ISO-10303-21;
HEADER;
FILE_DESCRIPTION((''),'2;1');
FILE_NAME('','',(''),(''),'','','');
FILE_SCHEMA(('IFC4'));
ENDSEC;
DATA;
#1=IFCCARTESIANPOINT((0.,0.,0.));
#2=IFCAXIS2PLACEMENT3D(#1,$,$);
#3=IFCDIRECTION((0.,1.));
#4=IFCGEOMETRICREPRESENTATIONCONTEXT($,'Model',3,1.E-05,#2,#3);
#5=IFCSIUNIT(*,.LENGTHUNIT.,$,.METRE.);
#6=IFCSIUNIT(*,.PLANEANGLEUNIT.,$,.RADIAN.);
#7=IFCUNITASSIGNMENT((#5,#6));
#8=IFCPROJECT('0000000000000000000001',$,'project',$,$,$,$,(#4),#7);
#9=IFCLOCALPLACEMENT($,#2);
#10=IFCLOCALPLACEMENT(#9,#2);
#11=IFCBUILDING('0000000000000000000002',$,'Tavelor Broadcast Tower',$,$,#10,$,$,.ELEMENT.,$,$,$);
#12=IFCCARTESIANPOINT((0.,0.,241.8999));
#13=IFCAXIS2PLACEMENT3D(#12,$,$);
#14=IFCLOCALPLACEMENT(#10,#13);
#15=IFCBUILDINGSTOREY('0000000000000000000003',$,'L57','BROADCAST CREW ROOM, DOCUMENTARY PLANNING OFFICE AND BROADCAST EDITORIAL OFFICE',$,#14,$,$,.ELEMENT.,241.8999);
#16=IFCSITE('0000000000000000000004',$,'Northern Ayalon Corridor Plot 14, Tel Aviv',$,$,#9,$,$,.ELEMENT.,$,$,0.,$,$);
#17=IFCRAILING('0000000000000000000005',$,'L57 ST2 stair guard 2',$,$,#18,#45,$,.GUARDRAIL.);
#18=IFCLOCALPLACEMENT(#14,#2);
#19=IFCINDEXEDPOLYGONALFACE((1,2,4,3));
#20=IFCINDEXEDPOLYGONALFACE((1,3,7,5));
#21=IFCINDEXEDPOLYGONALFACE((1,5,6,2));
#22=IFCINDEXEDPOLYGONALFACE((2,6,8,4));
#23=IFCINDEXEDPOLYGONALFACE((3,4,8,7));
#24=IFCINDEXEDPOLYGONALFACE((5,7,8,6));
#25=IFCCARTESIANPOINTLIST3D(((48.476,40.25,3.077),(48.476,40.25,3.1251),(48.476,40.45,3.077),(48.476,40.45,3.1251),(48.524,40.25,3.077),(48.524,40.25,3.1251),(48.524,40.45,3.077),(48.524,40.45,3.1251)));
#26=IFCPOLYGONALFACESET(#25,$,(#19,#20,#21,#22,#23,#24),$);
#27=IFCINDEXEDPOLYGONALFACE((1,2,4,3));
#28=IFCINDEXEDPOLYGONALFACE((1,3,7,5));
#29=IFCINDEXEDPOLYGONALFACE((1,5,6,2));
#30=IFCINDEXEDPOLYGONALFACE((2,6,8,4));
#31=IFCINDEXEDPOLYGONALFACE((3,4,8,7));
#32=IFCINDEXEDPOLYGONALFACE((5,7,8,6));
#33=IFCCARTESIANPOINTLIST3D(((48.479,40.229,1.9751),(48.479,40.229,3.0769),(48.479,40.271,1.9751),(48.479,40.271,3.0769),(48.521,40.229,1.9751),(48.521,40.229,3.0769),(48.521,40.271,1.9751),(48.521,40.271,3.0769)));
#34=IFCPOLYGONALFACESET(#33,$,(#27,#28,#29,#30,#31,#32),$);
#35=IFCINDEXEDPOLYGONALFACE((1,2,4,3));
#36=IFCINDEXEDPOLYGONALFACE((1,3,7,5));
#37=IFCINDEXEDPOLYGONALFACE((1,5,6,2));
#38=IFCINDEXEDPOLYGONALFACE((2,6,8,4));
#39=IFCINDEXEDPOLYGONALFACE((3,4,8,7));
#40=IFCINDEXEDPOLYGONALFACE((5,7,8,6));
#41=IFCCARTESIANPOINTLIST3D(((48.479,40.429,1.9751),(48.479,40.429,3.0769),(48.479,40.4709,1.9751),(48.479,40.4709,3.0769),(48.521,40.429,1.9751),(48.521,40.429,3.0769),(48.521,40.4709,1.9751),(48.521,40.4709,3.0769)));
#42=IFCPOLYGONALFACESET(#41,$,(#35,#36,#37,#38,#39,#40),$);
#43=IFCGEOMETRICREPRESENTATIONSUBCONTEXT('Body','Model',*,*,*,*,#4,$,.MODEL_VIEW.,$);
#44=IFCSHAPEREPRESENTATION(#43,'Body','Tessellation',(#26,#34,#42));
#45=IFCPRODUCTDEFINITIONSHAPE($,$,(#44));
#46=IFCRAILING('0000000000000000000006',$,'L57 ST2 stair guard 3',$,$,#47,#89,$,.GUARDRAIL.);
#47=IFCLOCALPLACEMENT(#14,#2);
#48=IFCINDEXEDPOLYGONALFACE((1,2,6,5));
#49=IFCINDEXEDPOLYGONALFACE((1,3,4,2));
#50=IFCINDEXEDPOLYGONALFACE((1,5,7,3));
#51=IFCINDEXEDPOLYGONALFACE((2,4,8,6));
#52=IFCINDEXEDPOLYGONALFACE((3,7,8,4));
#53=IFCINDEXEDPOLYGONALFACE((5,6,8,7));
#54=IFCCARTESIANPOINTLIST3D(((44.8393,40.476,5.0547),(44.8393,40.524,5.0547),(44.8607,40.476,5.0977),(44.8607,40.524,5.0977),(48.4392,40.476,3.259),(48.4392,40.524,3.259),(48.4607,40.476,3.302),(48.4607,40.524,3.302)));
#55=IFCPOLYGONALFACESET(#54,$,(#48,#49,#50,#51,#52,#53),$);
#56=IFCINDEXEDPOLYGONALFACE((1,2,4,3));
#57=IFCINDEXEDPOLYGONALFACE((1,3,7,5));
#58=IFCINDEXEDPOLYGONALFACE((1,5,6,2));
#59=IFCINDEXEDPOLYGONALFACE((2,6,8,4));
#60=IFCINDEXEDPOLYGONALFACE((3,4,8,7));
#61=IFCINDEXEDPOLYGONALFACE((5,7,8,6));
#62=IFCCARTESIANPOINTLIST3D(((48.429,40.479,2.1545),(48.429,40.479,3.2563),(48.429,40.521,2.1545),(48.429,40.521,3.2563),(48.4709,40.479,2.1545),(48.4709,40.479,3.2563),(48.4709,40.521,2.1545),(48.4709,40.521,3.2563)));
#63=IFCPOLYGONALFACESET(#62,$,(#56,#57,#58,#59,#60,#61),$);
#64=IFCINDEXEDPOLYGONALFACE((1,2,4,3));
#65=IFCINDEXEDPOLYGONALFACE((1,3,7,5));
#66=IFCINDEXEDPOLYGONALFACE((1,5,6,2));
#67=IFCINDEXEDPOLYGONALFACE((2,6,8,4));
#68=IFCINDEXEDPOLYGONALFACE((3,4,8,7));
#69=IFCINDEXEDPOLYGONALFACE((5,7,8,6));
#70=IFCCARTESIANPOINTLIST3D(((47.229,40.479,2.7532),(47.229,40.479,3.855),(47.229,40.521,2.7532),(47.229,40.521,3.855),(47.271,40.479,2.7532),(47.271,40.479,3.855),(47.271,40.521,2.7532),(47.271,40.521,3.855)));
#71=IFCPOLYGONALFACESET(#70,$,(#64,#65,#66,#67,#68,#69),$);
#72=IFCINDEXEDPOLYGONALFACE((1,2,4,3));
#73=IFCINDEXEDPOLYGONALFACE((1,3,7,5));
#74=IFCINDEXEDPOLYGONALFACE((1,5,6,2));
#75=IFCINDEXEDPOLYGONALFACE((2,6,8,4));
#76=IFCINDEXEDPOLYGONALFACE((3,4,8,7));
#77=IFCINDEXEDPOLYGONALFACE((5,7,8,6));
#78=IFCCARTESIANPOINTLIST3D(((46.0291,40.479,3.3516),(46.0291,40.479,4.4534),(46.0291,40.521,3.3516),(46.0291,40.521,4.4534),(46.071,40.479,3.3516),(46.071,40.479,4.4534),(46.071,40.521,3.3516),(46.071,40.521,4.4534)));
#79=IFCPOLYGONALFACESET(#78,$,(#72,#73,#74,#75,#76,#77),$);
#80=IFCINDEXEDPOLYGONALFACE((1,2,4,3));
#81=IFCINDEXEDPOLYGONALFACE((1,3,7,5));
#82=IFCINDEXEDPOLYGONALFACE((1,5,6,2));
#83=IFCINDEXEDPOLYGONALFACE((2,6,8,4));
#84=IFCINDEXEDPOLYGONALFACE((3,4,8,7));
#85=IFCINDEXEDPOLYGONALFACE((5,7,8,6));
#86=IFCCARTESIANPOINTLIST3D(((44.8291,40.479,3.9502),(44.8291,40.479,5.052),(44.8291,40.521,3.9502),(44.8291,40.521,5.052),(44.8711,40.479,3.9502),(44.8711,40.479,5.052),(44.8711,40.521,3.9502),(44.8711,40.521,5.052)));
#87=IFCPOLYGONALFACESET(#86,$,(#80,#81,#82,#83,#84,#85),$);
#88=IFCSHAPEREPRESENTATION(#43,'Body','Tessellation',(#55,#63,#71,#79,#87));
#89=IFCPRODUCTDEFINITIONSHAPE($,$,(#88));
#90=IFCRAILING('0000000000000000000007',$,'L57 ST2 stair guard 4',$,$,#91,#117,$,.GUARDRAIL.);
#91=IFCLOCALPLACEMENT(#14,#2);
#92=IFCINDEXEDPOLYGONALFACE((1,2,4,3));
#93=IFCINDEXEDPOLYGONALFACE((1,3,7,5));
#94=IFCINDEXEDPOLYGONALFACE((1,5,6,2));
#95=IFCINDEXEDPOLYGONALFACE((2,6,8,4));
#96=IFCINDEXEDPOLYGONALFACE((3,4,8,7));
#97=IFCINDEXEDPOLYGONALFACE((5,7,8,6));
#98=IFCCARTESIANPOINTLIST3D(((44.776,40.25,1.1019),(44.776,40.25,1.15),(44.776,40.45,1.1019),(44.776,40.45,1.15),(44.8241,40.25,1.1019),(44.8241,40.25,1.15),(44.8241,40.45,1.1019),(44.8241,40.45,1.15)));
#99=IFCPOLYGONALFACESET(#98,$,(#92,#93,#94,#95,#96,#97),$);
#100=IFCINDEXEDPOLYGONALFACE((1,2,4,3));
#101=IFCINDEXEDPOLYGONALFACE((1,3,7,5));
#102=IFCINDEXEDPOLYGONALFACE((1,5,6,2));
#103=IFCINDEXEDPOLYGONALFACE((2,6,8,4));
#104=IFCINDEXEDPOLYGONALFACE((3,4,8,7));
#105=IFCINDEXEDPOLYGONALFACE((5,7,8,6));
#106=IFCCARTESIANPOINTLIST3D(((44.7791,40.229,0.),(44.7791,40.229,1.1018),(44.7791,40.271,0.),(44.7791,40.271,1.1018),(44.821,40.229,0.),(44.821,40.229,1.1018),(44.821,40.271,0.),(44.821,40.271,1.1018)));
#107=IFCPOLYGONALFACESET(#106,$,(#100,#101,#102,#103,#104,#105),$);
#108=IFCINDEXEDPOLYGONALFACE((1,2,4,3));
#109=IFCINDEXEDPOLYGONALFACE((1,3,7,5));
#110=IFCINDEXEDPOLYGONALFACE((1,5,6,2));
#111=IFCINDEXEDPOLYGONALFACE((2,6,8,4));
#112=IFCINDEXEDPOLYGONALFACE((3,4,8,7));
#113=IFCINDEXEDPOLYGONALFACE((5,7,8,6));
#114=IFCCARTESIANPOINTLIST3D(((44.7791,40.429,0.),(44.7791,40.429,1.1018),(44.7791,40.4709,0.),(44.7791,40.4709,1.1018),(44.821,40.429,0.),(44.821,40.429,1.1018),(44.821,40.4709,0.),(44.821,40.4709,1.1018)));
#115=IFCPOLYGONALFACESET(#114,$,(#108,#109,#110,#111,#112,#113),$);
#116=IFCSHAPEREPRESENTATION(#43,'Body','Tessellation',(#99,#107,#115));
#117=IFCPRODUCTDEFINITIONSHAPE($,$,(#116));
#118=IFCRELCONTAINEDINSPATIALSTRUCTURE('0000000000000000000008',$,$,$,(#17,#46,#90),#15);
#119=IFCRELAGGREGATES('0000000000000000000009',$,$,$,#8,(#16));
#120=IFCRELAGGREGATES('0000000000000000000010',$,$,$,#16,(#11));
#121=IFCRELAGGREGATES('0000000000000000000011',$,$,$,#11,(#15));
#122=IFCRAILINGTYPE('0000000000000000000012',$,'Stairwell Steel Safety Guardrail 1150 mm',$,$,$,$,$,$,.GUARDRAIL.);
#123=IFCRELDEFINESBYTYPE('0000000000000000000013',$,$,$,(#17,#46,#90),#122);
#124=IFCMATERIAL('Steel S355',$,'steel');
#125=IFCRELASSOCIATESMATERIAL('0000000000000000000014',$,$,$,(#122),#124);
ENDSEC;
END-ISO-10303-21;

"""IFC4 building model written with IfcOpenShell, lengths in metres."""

from ifc_helpers import new_model, si_unit, direction, frame, origin, origin_2d, place, context, subcontext, project, spatial, rectangle, extrude, material, type_object, element, save


model = new_model("IFC4")

# Units and contexts
model_context = context("Model", 3, precision=1e-05, world=origin(), true_north=direction((0.0, 1.0)))
body_context = subcontext(model_context, "Body", "Model", "MODEL_VIEW")
ifc_project = project(units=[si_unit("LENGTHUNIT", "METRE"), si_unit("PLANEANGLEUNIT", "RADIAN")], contexts=[model_context])

# Site, building, storey
site_placement = place(None, origin())
site = spatial("IfcSite", under=ifc_project, at=site_placement, Name="Northern Ayalon Corridor Plot 14, Tel Aviv", CompositionType="ELEMENT", RefElevation=0.0)
building_placement = place(site_placement, origin())
building = spatial("IfcBuilding", under=site, at=building_placement, Name="Tavelor Broadcast Tower", CompositionType="ELEMENT")
storey_placement = place(building_placement, frame((0.0, 0.0, 241.8999)))
storey = spatial("IfcBuildingStorey", under=building, at=storey_placement, Name="L57", Description="BROADCAST CREW ROOM, DOCUMENTARY PLANNING OFFICE AND BROADCAST EDITORIAL OFFICE", CompositionType="ELEMENT", Elevation=241.8999)

# Shared definitions
ifc_material_1 = material(Name="Steel S355", Category="steel")

# Railings
railing_type_1 = type_object("IfcRailingType", Name="Stairwell Steel Safety Guardrail 1150 mm", PredefinedType="GUARDRAIL", material=ifc_material_1)
railing_1_placement = place(storey_placement, frame((48.5, 40.25, 1.9751)))
element("IfcRailing", 1, at=railing_1_placement, inside=storey, type_object=railing_type_1, Name="L57 ST2 stair guard 2", PredefinedType="GUARDRAIL", context=body_context, shape_type="SweptSolid", body=[
    extrude(rectangle(XDim=0.0481, YDim=0.0481, at=origin_2d()), frame((0.0, 0.0, 1.126), z_axis=(0.0, 1.0, 0.0), x_axis=(-1.0, 0.0, 0.0)), (0.0, 0.0, 1.0), 0.2),
    extrude(rectangle(XDim=0.042, YDim=0.042, at=origin_2d()), origin(), (0.0, 0.0, 1.0), 1.1018),
    extrude(rectangle(XDim=0.042, YDim=0.042, at=origin_2d()), frame((0.0, 0.2, 0.0)), (0.0, 0.0, 1.0), 1.1018),
])
railing_2_placement = place(storey_placement, frame((48.45, 40.5, 2.1545)))
element("IfcRailing", 2, at=railing_2_placement, inside=storey, type_object=railing_type_1, Name="L57 ST2 stair guard 3", PredefinedType="GUARDRAIL", context=body_context, shape_type="SweptSolid", body=[
    extrude(rectangle(XDim=0.0481, YDim=0.0481, at=origin_2d()), frame((0.0, 0.0, 1.126), z_axis=(-0.894852, 0.0, 0.446364), x_axis=(0.0, -1.0, 0.0)), (0.0, 0.0, 1.0), 4.0229),
    extrude(rectangle(XDim=0.042, YDim=0.042, at=origin_2d()), origin(), (0.0, 0.0, 1.0), 1.1018),
    extrude(rectangle(XDim=0.042, YDim=0.042, at=origin_2d()), frame((-1.2, 0.0, 0.5986)), (0.0, 0.0, 1.0), 1.1018),
    extrude(rectangle(XDim=0.042, YDim=0.042, at=origin_2d()), frame((-2.3999, 0.0, 1.197)), (0.0, 0.0, 1.0), 1.1018),
    extrude(rectangle(XDim=0.042, YDim=0.042, at=origin_2d()), frame((-3.5999, 0.0, 1.7957)), (0.0, 0.0, 1.0), 1.1018),
])
railing_3_placement = place(storey_placement, frame((44.8, 40.25, 0.0)))
element("IfcRailing", 3, at=railing_3_placement, inside=storey, type_object=railing_type_1, Name="L57 ST2 stair guard 4", PredefinedType="GUARDRAIL", context=body_context, shape_type="SweptSolid", body=[
    extrude(rectangle(XDim=0.0481, YDim=0.0481, at=origin_2d()), frame((0.0, 0.0, 1.126), z_axis=(0.0, 1.0, 0.0), x_axis=(-1.0, 0.0, 0.0)), (0.0, 0.0, 1.0), 0.2),
    extrude(rectangle(XDim=0.042, YDim=0.042, at=origin_2d()), origin(), (0.0, 0.0, 1.0), 1.1018),
    extrude(rectangle(XDim=0.042, YDim=0.042, at=origin_2d()), frame((0.0, 0.2, 0.0)), (0.0, 0.0, 1.0), 1.1018),
])

save(model, "model.ifc")
